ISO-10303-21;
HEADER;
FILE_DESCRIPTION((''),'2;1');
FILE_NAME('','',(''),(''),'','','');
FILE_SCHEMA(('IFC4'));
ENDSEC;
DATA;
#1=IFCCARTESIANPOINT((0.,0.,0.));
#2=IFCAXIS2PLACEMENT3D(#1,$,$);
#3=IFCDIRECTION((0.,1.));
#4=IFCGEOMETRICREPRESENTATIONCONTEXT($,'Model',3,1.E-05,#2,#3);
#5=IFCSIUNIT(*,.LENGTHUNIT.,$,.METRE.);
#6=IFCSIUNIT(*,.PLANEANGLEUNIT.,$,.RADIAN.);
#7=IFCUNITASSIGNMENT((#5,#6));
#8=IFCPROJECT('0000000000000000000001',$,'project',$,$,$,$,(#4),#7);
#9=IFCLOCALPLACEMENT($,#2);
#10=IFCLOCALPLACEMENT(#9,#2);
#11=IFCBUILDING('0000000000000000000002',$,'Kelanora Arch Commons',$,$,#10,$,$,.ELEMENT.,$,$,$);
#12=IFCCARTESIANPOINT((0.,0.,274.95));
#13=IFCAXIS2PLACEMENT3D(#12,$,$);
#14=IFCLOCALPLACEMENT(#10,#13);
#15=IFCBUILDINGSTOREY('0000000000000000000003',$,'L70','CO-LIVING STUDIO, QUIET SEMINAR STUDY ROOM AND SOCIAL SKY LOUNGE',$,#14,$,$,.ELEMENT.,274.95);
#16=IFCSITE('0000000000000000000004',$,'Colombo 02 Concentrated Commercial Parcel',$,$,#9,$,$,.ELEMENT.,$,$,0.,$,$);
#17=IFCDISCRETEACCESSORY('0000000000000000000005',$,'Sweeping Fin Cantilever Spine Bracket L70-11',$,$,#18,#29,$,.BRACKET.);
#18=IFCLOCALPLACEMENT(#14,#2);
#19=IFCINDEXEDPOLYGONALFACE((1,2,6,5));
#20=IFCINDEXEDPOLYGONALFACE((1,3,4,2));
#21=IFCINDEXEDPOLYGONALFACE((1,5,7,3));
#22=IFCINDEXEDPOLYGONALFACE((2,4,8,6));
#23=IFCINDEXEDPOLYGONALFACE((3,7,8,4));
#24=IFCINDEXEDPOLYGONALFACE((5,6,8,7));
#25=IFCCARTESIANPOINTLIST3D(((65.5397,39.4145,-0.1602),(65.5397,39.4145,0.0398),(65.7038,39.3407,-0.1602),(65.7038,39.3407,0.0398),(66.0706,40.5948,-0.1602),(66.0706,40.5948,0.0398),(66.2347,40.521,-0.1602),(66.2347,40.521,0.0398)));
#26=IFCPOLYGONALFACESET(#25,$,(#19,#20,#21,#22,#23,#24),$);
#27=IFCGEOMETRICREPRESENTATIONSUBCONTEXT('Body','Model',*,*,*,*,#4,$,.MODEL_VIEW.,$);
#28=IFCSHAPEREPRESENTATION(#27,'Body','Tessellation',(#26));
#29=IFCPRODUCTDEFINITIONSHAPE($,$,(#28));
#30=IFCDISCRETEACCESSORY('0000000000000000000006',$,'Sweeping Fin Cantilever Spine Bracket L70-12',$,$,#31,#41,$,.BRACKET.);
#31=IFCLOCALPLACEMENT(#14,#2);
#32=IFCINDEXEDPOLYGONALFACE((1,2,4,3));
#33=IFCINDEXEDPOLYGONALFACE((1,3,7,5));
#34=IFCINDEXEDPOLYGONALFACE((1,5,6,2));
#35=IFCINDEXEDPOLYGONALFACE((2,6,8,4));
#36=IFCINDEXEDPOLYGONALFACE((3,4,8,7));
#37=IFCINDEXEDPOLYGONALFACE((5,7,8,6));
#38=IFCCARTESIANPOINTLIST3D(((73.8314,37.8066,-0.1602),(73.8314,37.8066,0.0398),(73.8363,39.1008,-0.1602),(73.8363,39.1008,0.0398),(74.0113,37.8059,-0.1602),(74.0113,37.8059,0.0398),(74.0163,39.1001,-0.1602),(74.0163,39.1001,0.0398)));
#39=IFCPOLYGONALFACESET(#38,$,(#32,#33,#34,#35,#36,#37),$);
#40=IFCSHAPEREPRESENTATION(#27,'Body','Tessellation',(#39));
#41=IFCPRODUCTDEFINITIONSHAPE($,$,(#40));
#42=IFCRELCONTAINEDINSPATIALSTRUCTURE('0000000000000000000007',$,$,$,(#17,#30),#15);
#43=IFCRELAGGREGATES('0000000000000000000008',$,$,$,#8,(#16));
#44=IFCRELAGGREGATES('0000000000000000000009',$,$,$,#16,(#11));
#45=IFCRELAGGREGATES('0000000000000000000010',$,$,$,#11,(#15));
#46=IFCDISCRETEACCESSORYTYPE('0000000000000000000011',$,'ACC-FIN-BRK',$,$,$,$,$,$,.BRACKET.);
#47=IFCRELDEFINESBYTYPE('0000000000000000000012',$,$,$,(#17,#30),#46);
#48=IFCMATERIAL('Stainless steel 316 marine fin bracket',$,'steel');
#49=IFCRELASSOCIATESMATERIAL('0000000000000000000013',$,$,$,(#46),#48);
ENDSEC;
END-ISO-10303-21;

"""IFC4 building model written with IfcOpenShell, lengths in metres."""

from ifc_helpers import new_model, si_unit, direction, frame, origin, origin_2d, place, context, subcontext, project, spatial, rectangle, extrude, source, transform, mapped, material, type_object, element, save


model = new_model("IFC4")

# Units and contexts
model_context = context("Model", 3, precision=1e-05, world=origin(), true_north=direction((0.0, 1.0)))
body_context = subcontext(model_context, "Body", "Model", "MODEL_VIEW")
ifc_project = project(units=[si_unit("LENGTHUNIT", "METRE"), si_unit("PLANEANGLEUNIT", "RADIAN")], contexts=[model_context])

# Site, building, storey
site_placement = place(None, origin())
site = spatial("IfcSite", under=ifc_project, at=site_placement, Name="Colombo 02 Concentrated Commercial Parcel", CompositionType="ELEMENT", RefElevation=0.0)
building_placement = place(site_placement, origin())
building = spatial("IfcBuilding", under=site, at=building_placement, Name="Kelanora Arch Commons", CompositionType="ELEMENT")
storey_placement = place(building_placement, frame((0.0, 0.0, 274.95)))
storey = spatial("IfcBuildingStorey", under=building, at=storey_placement, Name="L70", Description="CO-LIVING STUDIO, QUIET SEMINAR STUDY ROOM AND SOCIAL SKY LOUNGE", CompositionType="ELEMENT", Elevation=274.95)

# Discrete accessories
ifc_material_1 = material(Name="Stainless steel 316 marine fin bracket", Category="steel")
discrete_accessory_type = type_object("IfcDiscreteAccessoryType", Name="ACC-FIN-BRK", PredefinedType="BRACKET", material=ifc_material_1)
shared_shape_1 = source(origin(), body_context, "Body", "SweptSolid", [
    extrude(rectangle(XDim=1.2942, YDim=0.1799, at=origin_2d()), origin(), (0.0, 0.0, 1.0), 0.2),
])
for number, where, z_axis, x_axis, name in (
    (1, (65.8872, 39.9678, -0.1602), (0.0, 0.0, 1.0), (-0.410241, -0.911977, 0.0), "Sweeping Fin Cantilever Spine Bracket L70-11"),
    (2, (73.9238, 38.4534, -0.1602), (0.0, 0.0, 1.0), (-0.00384, -0.999993, 0.0), "Sweeping Fin Cantilever Spine Bracket L70-12"),
):
    element("IfcDiscreteAccessory", number, at=place(storey_placement, frame(where, z_axis=z_axis, x_axis=x_axis)), inside=storey, type_object=discrete_accessory_type, Name=name, PredefinedType="BRACKET", context=body_context, shape_type="MappedRepresentation", body=[
        mapped(shared_shape_1, transform((0.0, 0.0, 0.0), scale=1.0)),
    ])

save(model, "model.ifc")
